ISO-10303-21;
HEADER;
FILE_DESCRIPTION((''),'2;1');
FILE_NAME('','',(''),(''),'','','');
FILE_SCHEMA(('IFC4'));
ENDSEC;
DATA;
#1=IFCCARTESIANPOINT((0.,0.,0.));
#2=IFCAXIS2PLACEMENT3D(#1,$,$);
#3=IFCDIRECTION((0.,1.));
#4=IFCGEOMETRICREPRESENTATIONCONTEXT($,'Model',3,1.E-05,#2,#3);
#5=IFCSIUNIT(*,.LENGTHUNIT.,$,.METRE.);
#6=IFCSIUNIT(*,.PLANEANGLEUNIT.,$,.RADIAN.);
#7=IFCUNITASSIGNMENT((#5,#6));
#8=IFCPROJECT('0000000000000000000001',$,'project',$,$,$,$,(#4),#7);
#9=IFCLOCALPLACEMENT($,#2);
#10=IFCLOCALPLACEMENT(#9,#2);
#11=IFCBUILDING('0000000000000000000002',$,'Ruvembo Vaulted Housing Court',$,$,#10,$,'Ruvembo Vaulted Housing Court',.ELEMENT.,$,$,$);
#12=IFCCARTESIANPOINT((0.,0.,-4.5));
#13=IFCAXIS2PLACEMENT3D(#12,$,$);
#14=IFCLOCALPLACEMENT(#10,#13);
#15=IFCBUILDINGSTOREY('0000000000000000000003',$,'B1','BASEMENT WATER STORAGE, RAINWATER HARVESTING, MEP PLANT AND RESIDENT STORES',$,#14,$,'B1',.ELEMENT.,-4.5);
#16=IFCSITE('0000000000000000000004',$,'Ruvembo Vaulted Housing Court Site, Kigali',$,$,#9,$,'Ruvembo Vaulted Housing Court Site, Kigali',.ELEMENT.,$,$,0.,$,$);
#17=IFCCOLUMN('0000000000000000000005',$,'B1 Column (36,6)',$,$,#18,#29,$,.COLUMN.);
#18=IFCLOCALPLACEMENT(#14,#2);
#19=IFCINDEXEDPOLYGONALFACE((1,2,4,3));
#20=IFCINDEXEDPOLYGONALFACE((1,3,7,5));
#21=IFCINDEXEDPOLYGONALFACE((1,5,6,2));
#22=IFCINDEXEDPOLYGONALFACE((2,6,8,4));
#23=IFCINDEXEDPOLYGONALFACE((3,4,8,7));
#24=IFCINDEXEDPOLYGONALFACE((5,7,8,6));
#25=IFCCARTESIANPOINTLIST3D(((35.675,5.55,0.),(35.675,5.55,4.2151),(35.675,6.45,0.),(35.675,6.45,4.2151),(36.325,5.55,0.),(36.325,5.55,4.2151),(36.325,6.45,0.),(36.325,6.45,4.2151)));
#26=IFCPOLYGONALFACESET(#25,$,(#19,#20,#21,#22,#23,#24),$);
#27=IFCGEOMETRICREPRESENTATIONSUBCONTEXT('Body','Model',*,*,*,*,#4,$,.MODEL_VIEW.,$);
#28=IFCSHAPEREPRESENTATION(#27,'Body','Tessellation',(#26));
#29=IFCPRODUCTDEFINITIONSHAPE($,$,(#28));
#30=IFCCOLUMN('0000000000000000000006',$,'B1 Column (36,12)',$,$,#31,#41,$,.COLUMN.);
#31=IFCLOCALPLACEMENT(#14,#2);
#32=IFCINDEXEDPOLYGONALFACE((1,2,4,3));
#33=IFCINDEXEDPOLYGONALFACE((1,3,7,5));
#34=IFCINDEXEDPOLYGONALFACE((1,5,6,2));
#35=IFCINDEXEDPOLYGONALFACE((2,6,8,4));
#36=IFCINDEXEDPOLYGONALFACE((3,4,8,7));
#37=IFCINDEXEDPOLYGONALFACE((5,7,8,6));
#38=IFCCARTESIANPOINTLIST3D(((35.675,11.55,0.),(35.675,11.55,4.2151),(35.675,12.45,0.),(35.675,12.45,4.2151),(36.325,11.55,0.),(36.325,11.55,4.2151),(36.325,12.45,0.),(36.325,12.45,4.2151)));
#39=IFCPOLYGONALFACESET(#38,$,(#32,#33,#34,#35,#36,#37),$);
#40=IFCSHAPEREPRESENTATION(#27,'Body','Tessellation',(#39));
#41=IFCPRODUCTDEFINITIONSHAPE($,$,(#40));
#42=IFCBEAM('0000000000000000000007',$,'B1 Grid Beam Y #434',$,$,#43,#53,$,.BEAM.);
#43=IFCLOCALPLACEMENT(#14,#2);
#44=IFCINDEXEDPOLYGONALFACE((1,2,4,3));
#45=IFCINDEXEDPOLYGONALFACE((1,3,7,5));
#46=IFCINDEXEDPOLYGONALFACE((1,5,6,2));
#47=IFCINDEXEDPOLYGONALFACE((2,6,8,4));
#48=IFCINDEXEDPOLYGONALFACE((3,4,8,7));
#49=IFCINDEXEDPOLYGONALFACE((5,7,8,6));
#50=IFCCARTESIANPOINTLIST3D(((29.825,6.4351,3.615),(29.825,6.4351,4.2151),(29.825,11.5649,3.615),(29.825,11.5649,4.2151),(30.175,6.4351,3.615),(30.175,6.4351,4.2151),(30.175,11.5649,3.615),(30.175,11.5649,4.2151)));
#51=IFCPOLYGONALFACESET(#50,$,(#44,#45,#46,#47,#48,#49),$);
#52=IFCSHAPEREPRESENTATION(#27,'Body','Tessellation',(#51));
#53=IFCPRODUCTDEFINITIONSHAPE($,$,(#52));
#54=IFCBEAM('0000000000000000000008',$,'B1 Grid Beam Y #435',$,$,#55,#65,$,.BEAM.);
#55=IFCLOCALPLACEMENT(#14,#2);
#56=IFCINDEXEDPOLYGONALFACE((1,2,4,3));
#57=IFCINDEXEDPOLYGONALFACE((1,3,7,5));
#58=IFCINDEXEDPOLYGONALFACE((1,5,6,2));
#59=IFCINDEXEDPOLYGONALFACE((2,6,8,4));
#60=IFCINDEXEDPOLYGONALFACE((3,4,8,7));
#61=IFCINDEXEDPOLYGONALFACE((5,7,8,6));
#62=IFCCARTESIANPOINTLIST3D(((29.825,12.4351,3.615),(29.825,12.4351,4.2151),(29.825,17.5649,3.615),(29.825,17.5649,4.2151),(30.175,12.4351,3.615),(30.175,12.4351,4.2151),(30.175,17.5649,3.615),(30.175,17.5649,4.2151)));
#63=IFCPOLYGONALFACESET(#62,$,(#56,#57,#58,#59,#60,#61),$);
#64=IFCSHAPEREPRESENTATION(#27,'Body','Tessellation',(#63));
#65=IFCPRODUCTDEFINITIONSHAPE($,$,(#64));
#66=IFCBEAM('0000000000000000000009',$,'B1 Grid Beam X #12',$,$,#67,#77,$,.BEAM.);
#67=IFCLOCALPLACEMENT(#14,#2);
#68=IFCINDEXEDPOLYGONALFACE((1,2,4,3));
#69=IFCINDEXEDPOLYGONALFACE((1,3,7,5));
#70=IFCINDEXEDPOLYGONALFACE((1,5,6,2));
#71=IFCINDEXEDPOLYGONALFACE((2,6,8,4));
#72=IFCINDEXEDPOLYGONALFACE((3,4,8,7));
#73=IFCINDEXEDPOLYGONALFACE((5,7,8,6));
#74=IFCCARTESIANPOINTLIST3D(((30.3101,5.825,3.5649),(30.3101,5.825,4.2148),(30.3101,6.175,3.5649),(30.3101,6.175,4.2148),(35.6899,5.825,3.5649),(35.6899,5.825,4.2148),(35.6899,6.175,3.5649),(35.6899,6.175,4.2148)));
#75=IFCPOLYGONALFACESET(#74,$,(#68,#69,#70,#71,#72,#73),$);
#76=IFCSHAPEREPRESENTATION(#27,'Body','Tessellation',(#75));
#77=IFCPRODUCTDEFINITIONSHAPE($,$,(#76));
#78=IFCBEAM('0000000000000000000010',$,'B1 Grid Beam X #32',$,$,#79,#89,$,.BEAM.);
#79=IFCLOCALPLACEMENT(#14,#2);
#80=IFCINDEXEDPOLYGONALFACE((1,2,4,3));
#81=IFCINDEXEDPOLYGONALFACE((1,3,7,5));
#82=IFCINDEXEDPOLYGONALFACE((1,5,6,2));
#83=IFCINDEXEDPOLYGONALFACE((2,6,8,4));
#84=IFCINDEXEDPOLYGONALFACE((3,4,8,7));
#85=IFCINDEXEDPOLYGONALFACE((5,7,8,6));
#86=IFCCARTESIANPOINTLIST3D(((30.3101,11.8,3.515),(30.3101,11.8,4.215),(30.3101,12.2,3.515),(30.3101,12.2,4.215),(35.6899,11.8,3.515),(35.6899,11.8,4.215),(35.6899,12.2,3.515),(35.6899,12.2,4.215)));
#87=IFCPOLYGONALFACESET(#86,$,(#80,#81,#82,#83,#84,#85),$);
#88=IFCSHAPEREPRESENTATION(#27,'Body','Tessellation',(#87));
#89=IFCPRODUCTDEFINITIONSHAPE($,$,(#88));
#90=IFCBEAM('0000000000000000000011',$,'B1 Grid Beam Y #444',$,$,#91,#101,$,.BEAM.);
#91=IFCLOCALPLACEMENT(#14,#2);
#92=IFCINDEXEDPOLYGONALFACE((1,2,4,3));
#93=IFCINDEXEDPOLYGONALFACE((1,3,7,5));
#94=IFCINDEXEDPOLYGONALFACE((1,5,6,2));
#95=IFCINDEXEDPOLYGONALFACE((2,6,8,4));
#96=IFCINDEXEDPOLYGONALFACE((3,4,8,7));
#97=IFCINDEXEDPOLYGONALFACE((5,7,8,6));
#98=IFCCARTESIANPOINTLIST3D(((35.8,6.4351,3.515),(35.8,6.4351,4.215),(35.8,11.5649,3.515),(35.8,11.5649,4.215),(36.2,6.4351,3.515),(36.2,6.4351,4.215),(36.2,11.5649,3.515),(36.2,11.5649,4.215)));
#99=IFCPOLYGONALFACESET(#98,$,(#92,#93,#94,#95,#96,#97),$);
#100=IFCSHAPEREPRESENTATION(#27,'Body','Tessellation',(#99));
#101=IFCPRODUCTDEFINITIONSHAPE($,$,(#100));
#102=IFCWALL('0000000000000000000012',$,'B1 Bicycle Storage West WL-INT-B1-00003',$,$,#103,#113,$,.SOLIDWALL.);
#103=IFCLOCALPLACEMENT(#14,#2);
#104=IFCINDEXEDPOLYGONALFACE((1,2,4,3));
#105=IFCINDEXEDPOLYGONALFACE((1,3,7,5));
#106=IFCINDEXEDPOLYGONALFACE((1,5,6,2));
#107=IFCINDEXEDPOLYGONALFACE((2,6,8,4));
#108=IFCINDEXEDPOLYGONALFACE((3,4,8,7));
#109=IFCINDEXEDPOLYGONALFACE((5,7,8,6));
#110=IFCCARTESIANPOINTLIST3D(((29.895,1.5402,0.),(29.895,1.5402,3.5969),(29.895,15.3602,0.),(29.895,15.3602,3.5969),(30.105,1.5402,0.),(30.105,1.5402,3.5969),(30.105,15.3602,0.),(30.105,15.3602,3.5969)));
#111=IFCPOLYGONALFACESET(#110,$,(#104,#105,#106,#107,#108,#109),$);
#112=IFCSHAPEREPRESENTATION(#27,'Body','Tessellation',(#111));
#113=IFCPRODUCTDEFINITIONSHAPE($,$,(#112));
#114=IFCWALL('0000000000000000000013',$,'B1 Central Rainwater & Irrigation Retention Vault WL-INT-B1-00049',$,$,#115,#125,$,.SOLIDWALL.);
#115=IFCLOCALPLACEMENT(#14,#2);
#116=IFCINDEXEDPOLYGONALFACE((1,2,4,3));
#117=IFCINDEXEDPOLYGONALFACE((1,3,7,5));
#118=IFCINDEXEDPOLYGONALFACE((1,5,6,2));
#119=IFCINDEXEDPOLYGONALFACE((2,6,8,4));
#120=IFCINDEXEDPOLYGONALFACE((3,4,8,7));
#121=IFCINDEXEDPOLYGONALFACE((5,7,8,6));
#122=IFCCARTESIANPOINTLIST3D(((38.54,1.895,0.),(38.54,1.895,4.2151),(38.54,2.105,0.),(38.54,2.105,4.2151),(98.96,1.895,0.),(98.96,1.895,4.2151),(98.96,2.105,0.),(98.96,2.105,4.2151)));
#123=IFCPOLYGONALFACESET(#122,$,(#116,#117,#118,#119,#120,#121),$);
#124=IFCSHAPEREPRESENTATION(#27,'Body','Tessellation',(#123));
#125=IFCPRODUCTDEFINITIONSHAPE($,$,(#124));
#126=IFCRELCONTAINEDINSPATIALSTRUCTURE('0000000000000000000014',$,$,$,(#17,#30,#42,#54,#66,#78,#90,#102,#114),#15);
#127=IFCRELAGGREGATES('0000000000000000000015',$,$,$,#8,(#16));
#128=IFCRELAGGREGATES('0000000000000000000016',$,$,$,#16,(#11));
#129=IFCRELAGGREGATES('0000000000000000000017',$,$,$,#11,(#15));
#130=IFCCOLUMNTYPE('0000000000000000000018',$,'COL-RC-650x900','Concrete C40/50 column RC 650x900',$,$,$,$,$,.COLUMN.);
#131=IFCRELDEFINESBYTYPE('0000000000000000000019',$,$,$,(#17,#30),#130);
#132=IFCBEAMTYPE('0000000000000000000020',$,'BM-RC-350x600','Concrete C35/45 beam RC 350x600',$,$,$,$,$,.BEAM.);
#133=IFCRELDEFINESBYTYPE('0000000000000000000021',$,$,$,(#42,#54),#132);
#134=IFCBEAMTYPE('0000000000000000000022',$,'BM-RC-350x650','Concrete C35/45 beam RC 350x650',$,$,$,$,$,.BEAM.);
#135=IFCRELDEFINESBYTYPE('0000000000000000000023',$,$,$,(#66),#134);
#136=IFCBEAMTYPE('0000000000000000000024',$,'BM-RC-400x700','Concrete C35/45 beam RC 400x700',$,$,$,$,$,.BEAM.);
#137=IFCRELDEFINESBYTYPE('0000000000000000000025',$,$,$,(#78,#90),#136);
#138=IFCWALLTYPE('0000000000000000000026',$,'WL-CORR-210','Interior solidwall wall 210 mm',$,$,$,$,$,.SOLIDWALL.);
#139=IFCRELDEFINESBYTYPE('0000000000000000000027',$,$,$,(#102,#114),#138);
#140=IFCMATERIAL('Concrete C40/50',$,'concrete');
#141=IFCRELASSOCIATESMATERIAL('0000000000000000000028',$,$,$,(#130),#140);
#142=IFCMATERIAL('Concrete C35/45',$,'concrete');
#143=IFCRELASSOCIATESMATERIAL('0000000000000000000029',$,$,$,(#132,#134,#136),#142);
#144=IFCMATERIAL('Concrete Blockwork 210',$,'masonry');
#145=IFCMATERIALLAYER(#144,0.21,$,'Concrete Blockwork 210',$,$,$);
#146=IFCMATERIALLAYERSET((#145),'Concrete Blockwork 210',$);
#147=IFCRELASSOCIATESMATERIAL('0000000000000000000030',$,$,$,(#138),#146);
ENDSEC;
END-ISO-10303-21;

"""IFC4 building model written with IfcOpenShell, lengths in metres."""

from ifc_helpers import new_model, si_unit, direction, frame, frame_2d, origin, origin_2d, place, context, subcontext, project, spatial, rectangle, extrude, material, layer, layer_set, material_profile, profile_set, type_object, element, save


model = new_model("IFC4")

# Units and contexts
model_context = context("Model", 3, precision=1e-05, world=origin(), true_north=direction((0.0, 1.0)))
body_context = subcontext(model_context, "Body", "Model", "MODEL_VIEW")
ifc_project = project(units=[si_unit("LENGTHUNIT", "METRE"), si_unit("PLANEANGLEUNIT", "RADIAN")], contexts=[model_context])

# Site, building, storey
site_placement = place(None, origin())
site = spatial("IfcSite", under=ifc_project, at=site_placement, Name="Ruvembo Vaulted Housing Court Site, Kigali", LongName="Ruvembo Vaulted Housing Court Site, Kigali", CompositionType="ELEMENT", RefElevation=0.0)
building_placement = place(site_placement, origin())
building = spatial("IfcBuilding", under=site, at=building_placement, Name="Ruvembo Vaulted Housing Court", LongName="Ruvembo Vaulted Housing Court", CompositionType="ELEMENT")
storey_placement = place(building_placement, frame((0.0, 0.0, -4.5)))
storey = spatial("IfcBuildingStorey", under=building, at=storey_placement, Name="B1", Description="BASEMENT WATER STORAGE, RAINWATER HARVESTING, MEP PLANT AND RESIDENT STORES", LongName="B1", CompositionType="ELEMENT", Elevation=-4.5)

# Shared definitions
ifc_material_1 = material(Name="Concrete C35/45", Category="concrete")

# Columns
ifc_material_2 = material(Name="Concrete C40/50", Category="concrete")
ifc_material_profile_1 = material_profile(ifc_material_2, rectangle(XDim=0.6499, YDim=0.8999, at=origin_2d()), Name="RC 650x900")
ifc_profile_set_1 = profile_set([ifc_material_profile_1], Name="Concrete C40/50")
column_type = type_object("IfcColumnType", Name="COL-RC-650x900", Description="Concrete C40/50 column RC 650x900", PredefinedType="COLUMN", material=ifc_profile_set_1)
for number, where, z_axis, x_axis, name in (
    (1, (36.0, 6.0, 0.0), (0.0, 0.0, 1.0), (1.0, 0.0, 0.0), "B1 Column (36,6)"),
    (2, (36.0, 12.0, 0.0), (0.0, 0.0, 1.0), (1.0, 0.0, 0.0), "B1 Column (36,12)"),
):
    element("IfcColumn", number, at=place(storey_placement, frame(where, z_axis=z_axis, x_axis=x_axis)), inside=storey, type_object=column_type, Name=name, PredefinedType="COLUMN", context=body_context, shape_type="SweptSolid", body=[
        extrude(rectangle(XDim=0.6499, YDim=0.8999, at=origin_2d()), origin(), (0.0, 0.0, 1.0), 4.2151),
    ])

# Beams
ifc_material_profile_2 = material_profile(ifc_material_1, rectangle(XDim=0.3501, YDim=0.6001, at=origin_2d()), Name="RC 350x600")
ifc_profile_set_2 = profile_set([ifc_material_profile_2], Name="Concrete C35/45")
beam_type_1 = type_object("IfcBeamType", Name="BM-RC-350x600", Description="Concrete C35/45 beam RC 350x600", PredefinedType="BEAM", material=ifc_profile_set_2)
for number, where, z_axis, x_axis, name in (
    (3, (30.0, 6.4351, 3.915), (0.0, 1.0, 0.0), (-1.0, 0.0, 0.0), "B1 Grid Beam Y #434"),
    (4, (30.0, 12.4351, 3.915), (0.0, 1.0, 0.0), (-1.0, 0.0, 0.0), "B1 Grid Beam Y #435"),
):
    element("IfcBeam", number, at=place(storey_placement, frame(where, z_axis=z_axis, x_axis=x_axis)), inside=storey, type_object=beam_type_1, Name=name, PredefinedType="BEAM", context=body_context, shape_type="SweptSolid", body=[
        extrude(rectangle(XDim=0.3501, YDim=0.6001, at=origin_2d()), origin(), (0.0, 0.0, 1.0), 5.1299),
    ])
ifc_material_profile_3 = material_profile(ifc_material_1, rectangle(XDim=0.3501, YDim=0.6499, at=origin_2d()), Name="RC 350x650")
ifc_profile_set_3 = profile_set([ifc_material_profile_3], Name="Concrete C35/45")
beam_type_2 = type_object("IfcBeamType", Name="BM-RC-350x650", Description="Concrete C35/45 beam RC 350x650", PredefinedType="BEAM", material=ifc_profile_set_3)
beam_1_placement = place(storey_placement, frame((30.3101, 6.0, 3.8899), z_axis=(1.0, 0.0, 0.0), x_axis=(0.0, 1.0, 0.0)))
element("IfcBeam", 5, at=beam_1_placement, inside=storey, type_object=beam_type_2, Name="B1 Grid Beam X #12", PredefinedType="BEAM", context=body_context, shape_type="SweptSolid", body=[
    extrude(rectangle(XDim=0.3501, YDim=0.6499, at=origin_2d()), origin(), (0.0, 0.0, 1.0), 5.3799),
])
ifc_material_profile_4 = material_profile(ifc_material_1, rectangle(XDim=0.3999, YDim=0.7, at=origin_2d()), Name="RC 400x700")
ifc_profile_set_4 = profile_set([ifc_material_profile_4], Name="Concrete C35/45")
beam_type_3 = type_object("IfcBeamType", Name="BM-RC-400x700", Description="Concrete C35/45 beam RC 400x700", PredefinedType="BEAM", material=ifc_profile_set_4)
beam_2_placement = place(storey_placement, frame((30.3101, 12.0, 3.865), z_axis=(1.0, 0.0, 0.0), x_axis=(0.0, 1.0, 0.0)))
element("IfcBeam", 6, at=beam_2_placement, inside=storey, type_object=beam_type_3, Name="B1 Grid Beam X #32", PredefinedType="BEAM", context=body_context, shape_type="SweptSolid", body=[
    extrude(rectangle(XDim=0.3999, YDim=0.7, at=origin_2d()), origin(), (0.0, 0.0, 1.0), 5.3799),
])
beam_3_placement = place(storey_placement, frame((36.0, 6.4351, 3.865), z_axis=(0.0, 1.0, 0.0), x_axis=(-1.0, 0.0, 0.0)))
element("IfcBeam", 7, at=beam_3_placement, inside=storey, type_object=beam_type_3, Name="B1 Grid Beam Y #444", PredefinedType="BEAM", context=body_context, shape_type="SweptSolid", body=[
    extrude(rectangle(XDim=0.3999, YDim=0.7, at=origin_2d()), origin(), (0.0, 0.0, 1.0), 5.1299),
])

# Walls
ifc_material_3 = material(Name="Concrete Blockwork 210", Category="masonry")
ifc_layer = layer(ifc_material_3, 0.21, Name="Concrete Blockwork 210")
ifc_layer_set = layer_set([ifc_layer], Name="Concrete Blockwork 210")
wall_type = type_object("IfcWallType", Name="WL-CORR-210", Description="Interior solidwall wall 210 mm", PredefinedType="SOLIDWALL", material=ifc_layer_set)
wall_1_placement = place(storey_placement, frame((30.0, 1.54, 0.0), z_axis=(0.0, 0.0, 1.0), x_axis=(0.0, 1.0, 0.0)))
element("IfcWall", 8, at=wall_1_placement, inside=storey, type_object=wall_type, Name="B1 Bicycle Storage West WL-INT-B1-00003", PredefinedType="SOLIDWALL", context=body_context, shape_type="SweptSolid", body=[
    extrude(rectangle(XDim=13.8201, YDim=0.21, at=frame_2d((6.9102, 0.0))), origin(), (0.0, 0.0, 1.0), 3.5969),
])
wall_2_placement = place(storey_placement, frame((38.54, 2.0, 0.0), z_axis=(0.0, 0.0, 1.0), x_axis=(1.0, 0.0, 0.0)))
element("IfcWall", 9, at=wall_2_placement, inside=storey, type_object=wall_type, Name="B1 Central Rainwater & Irrigation Retention Vault WL-INT-B1-00049", PredefinedType="SOLIDWALL", context=body_context, shape_type="SweptSolid", body=[
    extrude(rectangle(XDim=60.4199, YDim=0.21, at=frame_2d((30.21, 0.0))), origin(), (0.0, 0.0, 1.0), 4.2151),
])

save(model, "model.ifc")
